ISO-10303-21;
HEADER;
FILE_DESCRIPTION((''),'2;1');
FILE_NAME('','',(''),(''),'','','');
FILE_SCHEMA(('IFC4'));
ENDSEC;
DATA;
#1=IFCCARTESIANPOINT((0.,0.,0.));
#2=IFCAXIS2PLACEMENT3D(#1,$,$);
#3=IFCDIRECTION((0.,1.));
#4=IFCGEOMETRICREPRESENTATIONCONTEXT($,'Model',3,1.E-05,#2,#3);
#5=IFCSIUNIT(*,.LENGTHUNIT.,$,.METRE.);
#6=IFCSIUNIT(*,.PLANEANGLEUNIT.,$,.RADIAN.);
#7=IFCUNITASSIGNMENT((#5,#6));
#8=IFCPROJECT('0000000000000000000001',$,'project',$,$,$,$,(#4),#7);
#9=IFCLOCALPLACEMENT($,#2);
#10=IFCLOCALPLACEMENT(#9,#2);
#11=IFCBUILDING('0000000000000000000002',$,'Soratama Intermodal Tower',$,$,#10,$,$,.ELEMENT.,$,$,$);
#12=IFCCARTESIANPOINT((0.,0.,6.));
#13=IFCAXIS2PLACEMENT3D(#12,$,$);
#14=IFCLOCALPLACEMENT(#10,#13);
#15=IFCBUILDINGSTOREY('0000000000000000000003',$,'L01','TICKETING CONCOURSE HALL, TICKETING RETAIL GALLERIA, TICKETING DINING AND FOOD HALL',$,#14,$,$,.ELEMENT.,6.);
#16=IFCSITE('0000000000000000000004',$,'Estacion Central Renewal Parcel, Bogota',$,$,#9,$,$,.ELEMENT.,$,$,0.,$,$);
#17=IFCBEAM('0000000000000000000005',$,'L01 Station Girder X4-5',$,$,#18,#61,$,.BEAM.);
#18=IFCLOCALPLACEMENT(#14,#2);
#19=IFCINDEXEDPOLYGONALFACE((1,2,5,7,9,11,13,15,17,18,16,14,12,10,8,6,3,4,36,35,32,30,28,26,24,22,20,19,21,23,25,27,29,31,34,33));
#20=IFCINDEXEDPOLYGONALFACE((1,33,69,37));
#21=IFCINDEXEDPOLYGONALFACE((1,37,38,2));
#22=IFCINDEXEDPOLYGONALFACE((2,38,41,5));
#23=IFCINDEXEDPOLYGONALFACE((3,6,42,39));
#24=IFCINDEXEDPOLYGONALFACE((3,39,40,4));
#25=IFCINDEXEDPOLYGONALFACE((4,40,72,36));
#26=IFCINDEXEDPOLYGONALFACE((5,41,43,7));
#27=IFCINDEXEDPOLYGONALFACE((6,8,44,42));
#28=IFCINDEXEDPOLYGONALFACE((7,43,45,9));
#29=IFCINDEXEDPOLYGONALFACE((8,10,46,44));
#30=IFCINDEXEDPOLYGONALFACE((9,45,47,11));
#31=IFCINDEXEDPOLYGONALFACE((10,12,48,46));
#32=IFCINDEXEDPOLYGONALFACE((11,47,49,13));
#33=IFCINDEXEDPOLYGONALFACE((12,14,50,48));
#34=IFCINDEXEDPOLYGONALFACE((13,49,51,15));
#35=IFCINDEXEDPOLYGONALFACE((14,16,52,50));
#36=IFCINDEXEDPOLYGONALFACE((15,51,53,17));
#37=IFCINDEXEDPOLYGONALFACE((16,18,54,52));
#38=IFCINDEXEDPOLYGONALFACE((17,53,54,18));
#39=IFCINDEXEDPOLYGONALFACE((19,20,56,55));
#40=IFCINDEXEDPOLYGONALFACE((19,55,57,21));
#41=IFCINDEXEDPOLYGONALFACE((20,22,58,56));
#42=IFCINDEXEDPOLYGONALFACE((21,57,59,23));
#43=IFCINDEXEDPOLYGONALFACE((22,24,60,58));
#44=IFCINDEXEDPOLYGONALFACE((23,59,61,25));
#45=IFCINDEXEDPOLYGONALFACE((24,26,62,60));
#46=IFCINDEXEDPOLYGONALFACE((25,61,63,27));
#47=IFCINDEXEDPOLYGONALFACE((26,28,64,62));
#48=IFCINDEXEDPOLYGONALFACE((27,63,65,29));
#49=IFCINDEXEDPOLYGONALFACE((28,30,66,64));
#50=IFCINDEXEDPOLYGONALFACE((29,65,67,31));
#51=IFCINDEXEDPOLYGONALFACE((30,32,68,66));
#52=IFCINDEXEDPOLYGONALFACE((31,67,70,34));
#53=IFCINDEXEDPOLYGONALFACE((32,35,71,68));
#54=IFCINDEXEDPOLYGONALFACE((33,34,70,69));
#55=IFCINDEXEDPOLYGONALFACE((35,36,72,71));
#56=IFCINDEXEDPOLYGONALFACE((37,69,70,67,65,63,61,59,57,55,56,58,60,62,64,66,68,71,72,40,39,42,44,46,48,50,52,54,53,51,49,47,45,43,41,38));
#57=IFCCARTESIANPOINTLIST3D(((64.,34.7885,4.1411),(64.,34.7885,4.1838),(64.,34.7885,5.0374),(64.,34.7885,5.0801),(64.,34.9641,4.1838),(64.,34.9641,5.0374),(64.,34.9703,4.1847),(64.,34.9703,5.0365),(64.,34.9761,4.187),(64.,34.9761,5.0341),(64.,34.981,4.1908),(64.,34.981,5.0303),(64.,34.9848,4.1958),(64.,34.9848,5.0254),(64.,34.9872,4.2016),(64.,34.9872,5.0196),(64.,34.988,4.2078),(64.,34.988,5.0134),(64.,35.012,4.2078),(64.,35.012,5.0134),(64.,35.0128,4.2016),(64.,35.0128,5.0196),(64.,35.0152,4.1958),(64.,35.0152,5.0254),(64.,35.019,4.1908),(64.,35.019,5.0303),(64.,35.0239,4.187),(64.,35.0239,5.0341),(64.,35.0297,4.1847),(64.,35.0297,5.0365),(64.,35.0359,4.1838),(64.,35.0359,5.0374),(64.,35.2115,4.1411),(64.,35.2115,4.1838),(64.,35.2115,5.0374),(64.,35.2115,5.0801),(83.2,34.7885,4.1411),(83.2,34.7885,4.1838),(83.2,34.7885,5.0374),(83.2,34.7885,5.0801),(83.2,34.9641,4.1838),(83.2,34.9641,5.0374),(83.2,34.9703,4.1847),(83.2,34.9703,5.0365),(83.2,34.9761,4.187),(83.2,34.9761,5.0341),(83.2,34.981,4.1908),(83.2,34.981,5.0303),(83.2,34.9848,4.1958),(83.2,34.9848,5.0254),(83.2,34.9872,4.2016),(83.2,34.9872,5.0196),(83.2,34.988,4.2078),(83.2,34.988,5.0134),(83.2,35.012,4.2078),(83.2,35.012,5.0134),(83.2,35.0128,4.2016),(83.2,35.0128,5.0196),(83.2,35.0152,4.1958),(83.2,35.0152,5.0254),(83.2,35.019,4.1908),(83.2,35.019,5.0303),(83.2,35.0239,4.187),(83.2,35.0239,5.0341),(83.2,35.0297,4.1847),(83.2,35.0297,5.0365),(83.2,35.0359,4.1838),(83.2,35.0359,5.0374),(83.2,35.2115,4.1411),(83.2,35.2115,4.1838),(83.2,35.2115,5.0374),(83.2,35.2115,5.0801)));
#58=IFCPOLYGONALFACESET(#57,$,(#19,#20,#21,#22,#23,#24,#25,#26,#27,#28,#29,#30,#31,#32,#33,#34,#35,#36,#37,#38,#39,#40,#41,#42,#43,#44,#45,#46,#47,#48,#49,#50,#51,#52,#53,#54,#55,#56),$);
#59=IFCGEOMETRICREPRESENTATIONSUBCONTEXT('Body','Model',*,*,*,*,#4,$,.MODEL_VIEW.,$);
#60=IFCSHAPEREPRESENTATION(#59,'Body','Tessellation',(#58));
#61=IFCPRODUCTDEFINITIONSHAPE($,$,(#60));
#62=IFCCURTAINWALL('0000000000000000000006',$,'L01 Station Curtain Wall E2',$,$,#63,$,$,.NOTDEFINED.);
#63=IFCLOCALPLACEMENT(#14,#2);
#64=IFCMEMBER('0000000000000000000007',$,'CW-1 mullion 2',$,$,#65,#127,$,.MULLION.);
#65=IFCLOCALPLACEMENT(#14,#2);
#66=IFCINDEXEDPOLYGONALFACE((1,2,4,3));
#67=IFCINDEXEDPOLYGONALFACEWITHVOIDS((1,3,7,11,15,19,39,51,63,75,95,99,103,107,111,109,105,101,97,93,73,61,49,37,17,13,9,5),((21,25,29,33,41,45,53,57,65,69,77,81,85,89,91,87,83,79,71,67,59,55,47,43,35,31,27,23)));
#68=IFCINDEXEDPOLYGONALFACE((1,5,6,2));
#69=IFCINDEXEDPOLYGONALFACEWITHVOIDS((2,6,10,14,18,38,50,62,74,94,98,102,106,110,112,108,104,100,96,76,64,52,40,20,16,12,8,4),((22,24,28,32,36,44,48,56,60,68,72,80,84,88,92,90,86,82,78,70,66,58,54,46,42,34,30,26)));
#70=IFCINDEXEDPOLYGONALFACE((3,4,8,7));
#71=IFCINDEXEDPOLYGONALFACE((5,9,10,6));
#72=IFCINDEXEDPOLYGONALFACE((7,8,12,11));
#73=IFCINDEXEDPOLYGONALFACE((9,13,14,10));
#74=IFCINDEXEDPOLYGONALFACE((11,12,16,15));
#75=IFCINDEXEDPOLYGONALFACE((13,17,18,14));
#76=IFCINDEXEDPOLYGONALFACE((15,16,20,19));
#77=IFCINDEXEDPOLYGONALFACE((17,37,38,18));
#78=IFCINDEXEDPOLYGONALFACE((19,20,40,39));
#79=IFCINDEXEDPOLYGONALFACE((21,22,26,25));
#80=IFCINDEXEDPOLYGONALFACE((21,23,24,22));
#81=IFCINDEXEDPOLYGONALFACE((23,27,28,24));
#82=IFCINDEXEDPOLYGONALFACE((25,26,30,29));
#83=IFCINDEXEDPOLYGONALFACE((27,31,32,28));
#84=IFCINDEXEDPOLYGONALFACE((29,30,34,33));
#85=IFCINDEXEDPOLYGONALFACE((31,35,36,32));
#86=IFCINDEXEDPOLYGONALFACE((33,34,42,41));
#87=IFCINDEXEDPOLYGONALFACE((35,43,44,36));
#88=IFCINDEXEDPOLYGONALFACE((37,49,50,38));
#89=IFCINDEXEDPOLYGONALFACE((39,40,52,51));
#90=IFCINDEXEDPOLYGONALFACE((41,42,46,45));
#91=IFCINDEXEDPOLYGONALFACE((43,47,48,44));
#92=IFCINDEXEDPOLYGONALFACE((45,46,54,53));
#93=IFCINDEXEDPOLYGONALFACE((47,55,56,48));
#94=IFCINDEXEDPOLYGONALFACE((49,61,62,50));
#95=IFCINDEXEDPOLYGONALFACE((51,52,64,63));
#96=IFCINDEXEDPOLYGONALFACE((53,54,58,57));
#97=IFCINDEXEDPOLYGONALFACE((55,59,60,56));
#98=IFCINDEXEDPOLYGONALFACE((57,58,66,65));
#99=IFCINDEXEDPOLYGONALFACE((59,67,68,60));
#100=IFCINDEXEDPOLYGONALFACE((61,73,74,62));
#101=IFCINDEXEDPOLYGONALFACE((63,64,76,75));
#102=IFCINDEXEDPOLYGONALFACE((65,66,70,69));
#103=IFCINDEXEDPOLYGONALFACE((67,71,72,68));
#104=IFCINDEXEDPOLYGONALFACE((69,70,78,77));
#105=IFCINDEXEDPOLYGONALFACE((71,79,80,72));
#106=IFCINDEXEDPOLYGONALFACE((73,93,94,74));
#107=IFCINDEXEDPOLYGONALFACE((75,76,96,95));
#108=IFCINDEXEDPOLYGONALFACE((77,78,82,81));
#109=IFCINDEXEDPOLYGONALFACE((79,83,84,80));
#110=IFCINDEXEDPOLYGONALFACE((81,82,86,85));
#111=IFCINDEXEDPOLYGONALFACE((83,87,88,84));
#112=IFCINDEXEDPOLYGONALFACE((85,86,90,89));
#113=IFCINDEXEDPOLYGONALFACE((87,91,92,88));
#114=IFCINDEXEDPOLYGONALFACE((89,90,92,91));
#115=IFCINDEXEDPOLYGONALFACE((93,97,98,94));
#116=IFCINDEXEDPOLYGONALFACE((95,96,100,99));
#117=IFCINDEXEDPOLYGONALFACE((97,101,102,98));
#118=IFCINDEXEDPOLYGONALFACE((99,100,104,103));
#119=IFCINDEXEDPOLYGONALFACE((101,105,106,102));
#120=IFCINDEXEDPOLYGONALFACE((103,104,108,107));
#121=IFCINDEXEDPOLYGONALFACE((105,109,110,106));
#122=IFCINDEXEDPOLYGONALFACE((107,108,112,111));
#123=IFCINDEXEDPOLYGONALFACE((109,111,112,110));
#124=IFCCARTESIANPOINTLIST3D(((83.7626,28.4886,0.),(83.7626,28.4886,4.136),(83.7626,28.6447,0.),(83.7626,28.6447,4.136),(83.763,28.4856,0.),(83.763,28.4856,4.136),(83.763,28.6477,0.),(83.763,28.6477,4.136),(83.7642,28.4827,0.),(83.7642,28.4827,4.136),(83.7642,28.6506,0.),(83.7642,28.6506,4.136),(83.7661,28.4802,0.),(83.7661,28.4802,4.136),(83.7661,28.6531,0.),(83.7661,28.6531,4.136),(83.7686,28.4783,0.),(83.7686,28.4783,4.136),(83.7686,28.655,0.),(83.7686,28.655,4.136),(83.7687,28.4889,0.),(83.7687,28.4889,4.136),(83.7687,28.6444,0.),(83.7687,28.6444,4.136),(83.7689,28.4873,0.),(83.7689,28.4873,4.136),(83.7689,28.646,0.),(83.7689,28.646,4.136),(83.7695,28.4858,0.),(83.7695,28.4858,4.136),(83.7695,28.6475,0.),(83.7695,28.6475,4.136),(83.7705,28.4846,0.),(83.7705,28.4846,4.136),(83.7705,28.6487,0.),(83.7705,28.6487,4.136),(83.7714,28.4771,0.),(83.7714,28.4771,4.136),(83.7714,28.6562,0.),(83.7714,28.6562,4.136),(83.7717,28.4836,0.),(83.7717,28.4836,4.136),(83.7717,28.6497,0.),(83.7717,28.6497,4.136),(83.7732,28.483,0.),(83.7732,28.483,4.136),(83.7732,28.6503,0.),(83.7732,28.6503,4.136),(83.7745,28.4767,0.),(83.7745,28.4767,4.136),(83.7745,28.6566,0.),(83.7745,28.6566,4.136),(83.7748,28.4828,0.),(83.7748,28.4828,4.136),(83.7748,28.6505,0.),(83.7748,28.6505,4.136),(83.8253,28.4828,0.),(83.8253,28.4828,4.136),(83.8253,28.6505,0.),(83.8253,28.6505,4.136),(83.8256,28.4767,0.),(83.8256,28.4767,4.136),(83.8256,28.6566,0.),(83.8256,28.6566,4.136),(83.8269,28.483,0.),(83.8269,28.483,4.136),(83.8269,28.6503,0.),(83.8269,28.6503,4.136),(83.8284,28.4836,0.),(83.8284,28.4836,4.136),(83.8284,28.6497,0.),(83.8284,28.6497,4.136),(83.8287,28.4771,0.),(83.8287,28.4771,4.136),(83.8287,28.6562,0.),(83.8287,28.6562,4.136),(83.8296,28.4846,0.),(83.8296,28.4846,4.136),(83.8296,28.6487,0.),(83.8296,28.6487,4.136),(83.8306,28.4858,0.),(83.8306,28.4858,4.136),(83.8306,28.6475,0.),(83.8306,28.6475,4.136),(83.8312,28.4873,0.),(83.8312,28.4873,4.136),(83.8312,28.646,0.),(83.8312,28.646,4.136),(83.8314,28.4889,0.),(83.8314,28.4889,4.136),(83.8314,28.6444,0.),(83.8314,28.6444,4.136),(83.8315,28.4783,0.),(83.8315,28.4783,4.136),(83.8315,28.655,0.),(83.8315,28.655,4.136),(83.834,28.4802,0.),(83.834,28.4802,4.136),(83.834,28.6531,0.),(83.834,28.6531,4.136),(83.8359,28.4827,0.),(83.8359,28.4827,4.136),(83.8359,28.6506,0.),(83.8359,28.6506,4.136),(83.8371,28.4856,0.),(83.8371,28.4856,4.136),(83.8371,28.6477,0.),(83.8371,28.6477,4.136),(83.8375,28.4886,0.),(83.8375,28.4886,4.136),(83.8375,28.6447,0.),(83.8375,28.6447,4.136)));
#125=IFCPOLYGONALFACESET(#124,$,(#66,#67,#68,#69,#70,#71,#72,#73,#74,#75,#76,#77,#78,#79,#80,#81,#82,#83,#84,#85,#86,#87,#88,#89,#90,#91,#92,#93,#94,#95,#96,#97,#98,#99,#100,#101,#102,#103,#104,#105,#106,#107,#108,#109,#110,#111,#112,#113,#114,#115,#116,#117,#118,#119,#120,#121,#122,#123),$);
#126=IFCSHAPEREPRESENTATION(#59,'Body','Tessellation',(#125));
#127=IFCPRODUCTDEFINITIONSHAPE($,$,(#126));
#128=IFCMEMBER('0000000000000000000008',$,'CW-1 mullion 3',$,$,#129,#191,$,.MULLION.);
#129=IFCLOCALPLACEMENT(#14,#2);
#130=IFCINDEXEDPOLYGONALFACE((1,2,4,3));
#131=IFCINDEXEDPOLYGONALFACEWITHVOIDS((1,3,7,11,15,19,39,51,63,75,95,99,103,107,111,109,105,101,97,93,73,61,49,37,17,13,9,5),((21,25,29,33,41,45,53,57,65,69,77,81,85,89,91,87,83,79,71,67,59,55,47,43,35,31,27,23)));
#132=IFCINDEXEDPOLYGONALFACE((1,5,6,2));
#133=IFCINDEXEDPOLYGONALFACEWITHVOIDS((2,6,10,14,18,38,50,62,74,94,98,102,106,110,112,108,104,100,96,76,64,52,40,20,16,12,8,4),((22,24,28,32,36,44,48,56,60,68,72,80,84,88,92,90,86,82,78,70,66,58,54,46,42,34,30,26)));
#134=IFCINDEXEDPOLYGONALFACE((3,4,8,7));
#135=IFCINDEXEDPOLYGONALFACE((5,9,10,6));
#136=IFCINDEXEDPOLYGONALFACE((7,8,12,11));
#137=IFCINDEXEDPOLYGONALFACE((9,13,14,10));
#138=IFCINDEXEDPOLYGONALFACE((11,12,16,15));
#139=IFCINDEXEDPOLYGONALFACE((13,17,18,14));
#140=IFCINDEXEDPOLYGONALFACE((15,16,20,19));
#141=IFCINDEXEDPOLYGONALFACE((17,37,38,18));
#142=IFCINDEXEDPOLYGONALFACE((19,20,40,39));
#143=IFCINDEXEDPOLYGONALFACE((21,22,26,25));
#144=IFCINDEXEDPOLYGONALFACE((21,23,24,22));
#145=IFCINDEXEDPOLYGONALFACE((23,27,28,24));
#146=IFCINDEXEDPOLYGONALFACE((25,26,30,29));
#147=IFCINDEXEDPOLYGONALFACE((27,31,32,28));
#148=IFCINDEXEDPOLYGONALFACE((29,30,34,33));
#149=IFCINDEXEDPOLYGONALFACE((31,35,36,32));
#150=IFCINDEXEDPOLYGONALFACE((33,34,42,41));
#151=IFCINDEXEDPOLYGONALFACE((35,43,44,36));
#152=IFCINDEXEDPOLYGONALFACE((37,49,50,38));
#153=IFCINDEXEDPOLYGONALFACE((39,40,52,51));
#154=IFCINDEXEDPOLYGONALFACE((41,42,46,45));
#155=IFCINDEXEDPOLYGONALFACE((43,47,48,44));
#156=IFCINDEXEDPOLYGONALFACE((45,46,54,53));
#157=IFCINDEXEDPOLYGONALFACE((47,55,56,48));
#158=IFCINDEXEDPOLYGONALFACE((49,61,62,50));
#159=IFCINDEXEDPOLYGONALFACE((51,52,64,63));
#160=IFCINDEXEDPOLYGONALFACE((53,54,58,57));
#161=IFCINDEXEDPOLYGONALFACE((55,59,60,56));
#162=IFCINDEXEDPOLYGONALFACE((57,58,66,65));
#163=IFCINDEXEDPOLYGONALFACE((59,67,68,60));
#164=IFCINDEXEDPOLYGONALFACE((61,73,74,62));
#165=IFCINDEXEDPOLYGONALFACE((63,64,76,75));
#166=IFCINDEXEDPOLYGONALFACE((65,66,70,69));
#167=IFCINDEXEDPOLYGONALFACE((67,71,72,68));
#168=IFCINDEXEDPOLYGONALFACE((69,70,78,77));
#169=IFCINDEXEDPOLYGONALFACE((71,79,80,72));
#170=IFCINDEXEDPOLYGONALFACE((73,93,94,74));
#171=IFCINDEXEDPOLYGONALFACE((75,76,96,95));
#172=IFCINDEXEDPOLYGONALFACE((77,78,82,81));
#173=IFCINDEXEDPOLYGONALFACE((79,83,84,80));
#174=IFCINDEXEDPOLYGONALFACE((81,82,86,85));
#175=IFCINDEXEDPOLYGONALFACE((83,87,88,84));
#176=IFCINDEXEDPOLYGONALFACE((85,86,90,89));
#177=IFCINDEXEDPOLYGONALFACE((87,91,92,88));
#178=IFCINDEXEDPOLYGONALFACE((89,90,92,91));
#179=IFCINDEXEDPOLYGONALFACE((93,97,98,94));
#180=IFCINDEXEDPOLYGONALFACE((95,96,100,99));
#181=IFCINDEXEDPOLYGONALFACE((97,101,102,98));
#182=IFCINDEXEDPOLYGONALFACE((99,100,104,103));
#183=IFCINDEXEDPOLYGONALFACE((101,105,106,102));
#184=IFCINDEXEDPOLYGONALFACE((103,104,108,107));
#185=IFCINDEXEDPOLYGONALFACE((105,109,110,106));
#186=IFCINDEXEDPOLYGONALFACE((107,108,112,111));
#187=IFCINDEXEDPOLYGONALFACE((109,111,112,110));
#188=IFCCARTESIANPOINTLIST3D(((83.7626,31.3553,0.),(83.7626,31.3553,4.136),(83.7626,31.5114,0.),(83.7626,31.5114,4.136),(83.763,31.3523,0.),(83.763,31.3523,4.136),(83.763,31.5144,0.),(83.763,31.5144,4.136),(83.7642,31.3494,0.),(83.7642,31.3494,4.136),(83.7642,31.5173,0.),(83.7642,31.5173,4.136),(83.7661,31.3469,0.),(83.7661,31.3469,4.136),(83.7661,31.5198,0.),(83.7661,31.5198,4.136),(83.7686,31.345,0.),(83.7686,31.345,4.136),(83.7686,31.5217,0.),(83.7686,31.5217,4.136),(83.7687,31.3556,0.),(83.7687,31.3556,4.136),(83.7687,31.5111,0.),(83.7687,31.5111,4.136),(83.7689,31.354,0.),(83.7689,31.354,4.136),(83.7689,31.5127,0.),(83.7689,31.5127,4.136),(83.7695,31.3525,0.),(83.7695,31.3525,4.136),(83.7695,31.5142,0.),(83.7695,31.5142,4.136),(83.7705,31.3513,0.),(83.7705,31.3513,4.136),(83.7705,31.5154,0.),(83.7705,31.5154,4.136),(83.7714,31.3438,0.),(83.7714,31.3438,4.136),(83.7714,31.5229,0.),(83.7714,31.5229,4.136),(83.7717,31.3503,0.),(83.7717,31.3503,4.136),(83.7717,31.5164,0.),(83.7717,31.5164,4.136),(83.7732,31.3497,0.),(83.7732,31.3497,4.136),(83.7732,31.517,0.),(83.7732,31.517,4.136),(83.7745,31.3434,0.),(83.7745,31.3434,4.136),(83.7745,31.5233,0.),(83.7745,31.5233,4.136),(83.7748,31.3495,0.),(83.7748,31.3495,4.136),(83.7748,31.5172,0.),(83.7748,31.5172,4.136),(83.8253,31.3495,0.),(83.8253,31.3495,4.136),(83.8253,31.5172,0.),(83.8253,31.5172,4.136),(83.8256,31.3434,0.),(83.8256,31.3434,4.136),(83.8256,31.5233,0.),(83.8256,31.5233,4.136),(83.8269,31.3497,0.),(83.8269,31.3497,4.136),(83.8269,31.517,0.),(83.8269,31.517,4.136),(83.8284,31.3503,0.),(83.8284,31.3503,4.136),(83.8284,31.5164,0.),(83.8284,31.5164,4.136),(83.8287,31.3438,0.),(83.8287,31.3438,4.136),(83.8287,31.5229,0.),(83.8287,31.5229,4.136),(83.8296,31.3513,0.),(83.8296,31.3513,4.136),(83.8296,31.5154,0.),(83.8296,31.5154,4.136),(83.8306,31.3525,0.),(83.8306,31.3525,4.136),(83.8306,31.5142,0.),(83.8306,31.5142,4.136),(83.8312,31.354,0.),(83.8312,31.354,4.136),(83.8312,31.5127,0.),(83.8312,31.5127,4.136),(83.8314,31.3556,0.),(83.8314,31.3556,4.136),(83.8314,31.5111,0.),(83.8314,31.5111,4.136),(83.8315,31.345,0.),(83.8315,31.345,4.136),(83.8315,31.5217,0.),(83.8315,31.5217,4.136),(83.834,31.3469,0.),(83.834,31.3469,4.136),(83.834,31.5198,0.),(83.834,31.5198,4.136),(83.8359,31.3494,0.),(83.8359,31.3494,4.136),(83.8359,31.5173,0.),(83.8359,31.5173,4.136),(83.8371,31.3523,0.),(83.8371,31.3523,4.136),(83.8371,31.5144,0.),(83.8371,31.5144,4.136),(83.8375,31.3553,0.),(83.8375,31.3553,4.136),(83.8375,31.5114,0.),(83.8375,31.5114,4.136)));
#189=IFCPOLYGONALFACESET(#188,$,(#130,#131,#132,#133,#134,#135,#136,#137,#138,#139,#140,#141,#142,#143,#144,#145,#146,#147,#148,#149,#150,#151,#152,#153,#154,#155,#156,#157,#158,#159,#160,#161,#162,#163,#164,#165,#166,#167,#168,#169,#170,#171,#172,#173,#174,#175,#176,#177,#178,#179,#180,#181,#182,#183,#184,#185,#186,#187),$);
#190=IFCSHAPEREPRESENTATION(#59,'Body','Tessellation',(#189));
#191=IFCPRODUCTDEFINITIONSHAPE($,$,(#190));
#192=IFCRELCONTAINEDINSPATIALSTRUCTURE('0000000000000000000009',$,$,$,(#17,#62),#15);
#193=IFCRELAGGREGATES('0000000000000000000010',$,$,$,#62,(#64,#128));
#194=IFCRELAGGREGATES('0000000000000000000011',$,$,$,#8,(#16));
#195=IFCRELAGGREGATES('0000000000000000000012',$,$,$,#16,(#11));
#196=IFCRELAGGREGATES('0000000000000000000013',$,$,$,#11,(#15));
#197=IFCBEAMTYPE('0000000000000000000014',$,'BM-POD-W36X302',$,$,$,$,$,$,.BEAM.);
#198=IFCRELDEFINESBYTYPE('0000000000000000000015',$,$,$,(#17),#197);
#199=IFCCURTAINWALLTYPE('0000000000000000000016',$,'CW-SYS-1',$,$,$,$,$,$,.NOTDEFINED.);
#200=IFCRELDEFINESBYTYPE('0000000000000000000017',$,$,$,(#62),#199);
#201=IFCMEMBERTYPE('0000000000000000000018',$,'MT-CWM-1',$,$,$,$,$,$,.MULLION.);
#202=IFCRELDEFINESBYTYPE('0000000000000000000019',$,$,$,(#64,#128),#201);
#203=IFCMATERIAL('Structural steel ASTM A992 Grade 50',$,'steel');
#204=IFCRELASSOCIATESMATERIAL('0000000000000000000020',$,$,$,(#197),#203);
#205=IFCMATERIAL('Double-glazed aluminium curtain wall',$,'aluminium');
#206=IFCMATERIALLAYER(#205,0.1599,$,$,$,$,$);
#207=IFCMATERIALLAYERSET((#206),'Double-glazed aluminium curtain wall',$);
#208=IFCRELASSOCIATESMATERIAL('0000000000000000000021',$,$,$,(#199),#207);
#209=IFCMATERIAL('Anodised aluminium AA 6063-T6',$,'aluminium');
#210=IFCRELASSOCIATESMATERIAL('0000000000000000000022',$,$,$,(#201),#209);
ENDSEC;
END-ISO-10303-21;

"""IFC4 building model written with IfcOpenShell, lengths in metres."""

from ifc_helpers import new_model, si_unit, direction, frame, origin, origin_2d, place, context, subcontext, project, spatial, hollow_rectangle, i_section, extrude, material, layer, layer_set, material_profile, profile_set, type_object, element, aggregate, save


model = new_model("IFC4")

# Units and contexts
model_context = context("Model", 3, precision=1e-05, world=origin(), true_north=direction((0.0, 1.0)))
body_context = subcontext(model_context, "Body", "Model", "MODEL_VIEW")
ifc_project = project(units=[si_unit("LENGTHUNIT", "METRE"), si_unit("PLANEANGLEUNIT", "RADIAN")], contexts=[model_context])

# Site, building, storey
site_placement = place(None, origin())
site = spatial("IfcSite", under=ifc_project, at=site_placement, Name="Estacion Central Renewal Parcel, Bogota", CompositionType="ELEMENT", RefElevation=0.0)
building_placement = place(site_placement, origin())
building = spatial("IfcBuilding", under=site, at=building_placement, Name="Soratama Intermodal Tower", CompositionType="ELEMENT")
storey_placement = place(building_placement, frame((0.0, 0.0, 6.0)))
storey = spatial("IfcBuildingStorey", under=building, at=storey_placement, Name="L01", Description="TICKETING CONCOURSE HALL, TICKETING RETAIL GALLERIA, TICKETING DINING AND FOOD HALL", CompositionType="ELEMENT", Elevation=6.0)

# Beam
ifc_material_1 = material(Name="Structural steel ASTM A992 Grade 50", Category="steel")
ifc_material_profile_1 = material_profile(ifc_material_1, i_section(OverallWidth=0.4231, OverallDepth=0.939, WebThickness=0.0239, FlangeThickness=0.0427, FilletRadius=0.0239, at=origin_2d()), Name="W36X302")
ifc_profile_set_1 = profile_set([ifc_material_profile_1], Name="Structural steel ASTM A992 Grade 50")
beam_type_1 = type_object("IfcBeamType", Name="BM-POD-W36X302", PredefinedType="BEAM", material=ifc_profile_set_1)
beam_1_placement = place(storey_placement, frame((64.0, 35.0, 4.6106), z_axis=(1.0, 0.0, 0.0), x_axis=(0.0, 1.0, 0.0)))
element("IfcBeam", 1, at=beam_1_placement, inside=storey, type_object=beam_type_1, Name="L01 Station Girder X4-5", PredefinedType="BEAM", context=body_context, shape_type="SweptSolid", body=[
    extrude(i_section(OverallWidth=0.4231, OverallDepth=0.939, WebThickness=0.0239, FlangeThickness=0.0427, FilletRadius=0.0239, at=origin_2d()), origin(), (0.0, 0.0, 1.0), 19.2),
])

# Curtain wall, members
ifc_material_2 = material(Name="Double-glazed aluminium curtain wall", Category="aluminium")
ifc_layer_1 = layer(ifc_material_2, 0.1599)
ifc_layer_set_1 = layer_set([ifc_layer_1], Name="Double-glazed aluminium curtain wall")
curtain_wall_type = type_object("IfcCurtainWallType", Name="CW-SYS-1", PredefinedType="NOTDEFINED", material=ifc_layer_set_1)
curtain_wall_placement = place(storey_placement, origin())
curtain_wall = element("IfcCurtainWall", 2, at=curtain_wall_placement, inside=storey, type_object=curtain_wall_type, Name="L01 Station Curtain Wall E2", PredefinedType="NOTDEFINED")
ifc_material_3 = material(Name="Anodised aluminium AA 6063-T6", Category="aluminium")
ifc_material_profile_2 = material_profile(ifc_material_3, hollow_rectangle(XDim=0.075, YDim=0.1799, WallThickness=0.0061, InnerFilletRadius=0.0061, OuterFilletRadius=0.012, at=origin_2d()), Name="CWM180X75X6")
ifc_profile_set_2 = profile_set([ifc_material_profile_2], Name="Anodised aluminium AA 6063-T6")
member_type_1 = type_object("IfcMemberType", Name="MT-CWM-1", PredefinedType="MULLION", material=ifc_profile_set_2)
member_1_placement = place(storey_placement, frame((83.8, 28.5667, 0.0), z_axis=(0.0, 0.0, 1.0), x_axis=(-1.0, 0.0, 0.0)))
member_1 = element("IfcMember", 3, at=member_1_placement, type_object=member_type_1, Name="CW-1 mullion 2", PredefinedType="MULLION", context=body_context, shape_type="SweptSolid", body=[
    extrude(hollow_rectangle(XDim=0.075, YDim=0.1799, WallThickness=0.0061, InnerFilletRadius=0.0061, OuterFilletRadius=0.012, at=origin_2d()), origin(), (0.0, 0.0, 1.0), 4.136),
])
member_2_placement = place(storey_placement, frame((83.8, 31.4333, 0.0), z_axis=(0.0, 0.0, 1.0), x_axis=(-1.0, 0.0, 0.0)))
member_2 = element("IfcMember", 4, at=member_2_placement, type_object=member_type_1, Name="CW-1 mullion 3", PredefinedType="MULLION", context=body_context, shape_type="SweptSolid", body=[
    extrude(hollow_rectangle(XDim=0.075, YDim=0.1799, WallThickness=0.0061, InnerFilletRadius=0.0061, OuterFilletRadius=0.012, at=origin_2d()), origin(), (0.0, 0.0, 1.0), 4.136),
])
aggregate(curtain_wall, [member_1, member_2])

save(model, "model.ifc")
